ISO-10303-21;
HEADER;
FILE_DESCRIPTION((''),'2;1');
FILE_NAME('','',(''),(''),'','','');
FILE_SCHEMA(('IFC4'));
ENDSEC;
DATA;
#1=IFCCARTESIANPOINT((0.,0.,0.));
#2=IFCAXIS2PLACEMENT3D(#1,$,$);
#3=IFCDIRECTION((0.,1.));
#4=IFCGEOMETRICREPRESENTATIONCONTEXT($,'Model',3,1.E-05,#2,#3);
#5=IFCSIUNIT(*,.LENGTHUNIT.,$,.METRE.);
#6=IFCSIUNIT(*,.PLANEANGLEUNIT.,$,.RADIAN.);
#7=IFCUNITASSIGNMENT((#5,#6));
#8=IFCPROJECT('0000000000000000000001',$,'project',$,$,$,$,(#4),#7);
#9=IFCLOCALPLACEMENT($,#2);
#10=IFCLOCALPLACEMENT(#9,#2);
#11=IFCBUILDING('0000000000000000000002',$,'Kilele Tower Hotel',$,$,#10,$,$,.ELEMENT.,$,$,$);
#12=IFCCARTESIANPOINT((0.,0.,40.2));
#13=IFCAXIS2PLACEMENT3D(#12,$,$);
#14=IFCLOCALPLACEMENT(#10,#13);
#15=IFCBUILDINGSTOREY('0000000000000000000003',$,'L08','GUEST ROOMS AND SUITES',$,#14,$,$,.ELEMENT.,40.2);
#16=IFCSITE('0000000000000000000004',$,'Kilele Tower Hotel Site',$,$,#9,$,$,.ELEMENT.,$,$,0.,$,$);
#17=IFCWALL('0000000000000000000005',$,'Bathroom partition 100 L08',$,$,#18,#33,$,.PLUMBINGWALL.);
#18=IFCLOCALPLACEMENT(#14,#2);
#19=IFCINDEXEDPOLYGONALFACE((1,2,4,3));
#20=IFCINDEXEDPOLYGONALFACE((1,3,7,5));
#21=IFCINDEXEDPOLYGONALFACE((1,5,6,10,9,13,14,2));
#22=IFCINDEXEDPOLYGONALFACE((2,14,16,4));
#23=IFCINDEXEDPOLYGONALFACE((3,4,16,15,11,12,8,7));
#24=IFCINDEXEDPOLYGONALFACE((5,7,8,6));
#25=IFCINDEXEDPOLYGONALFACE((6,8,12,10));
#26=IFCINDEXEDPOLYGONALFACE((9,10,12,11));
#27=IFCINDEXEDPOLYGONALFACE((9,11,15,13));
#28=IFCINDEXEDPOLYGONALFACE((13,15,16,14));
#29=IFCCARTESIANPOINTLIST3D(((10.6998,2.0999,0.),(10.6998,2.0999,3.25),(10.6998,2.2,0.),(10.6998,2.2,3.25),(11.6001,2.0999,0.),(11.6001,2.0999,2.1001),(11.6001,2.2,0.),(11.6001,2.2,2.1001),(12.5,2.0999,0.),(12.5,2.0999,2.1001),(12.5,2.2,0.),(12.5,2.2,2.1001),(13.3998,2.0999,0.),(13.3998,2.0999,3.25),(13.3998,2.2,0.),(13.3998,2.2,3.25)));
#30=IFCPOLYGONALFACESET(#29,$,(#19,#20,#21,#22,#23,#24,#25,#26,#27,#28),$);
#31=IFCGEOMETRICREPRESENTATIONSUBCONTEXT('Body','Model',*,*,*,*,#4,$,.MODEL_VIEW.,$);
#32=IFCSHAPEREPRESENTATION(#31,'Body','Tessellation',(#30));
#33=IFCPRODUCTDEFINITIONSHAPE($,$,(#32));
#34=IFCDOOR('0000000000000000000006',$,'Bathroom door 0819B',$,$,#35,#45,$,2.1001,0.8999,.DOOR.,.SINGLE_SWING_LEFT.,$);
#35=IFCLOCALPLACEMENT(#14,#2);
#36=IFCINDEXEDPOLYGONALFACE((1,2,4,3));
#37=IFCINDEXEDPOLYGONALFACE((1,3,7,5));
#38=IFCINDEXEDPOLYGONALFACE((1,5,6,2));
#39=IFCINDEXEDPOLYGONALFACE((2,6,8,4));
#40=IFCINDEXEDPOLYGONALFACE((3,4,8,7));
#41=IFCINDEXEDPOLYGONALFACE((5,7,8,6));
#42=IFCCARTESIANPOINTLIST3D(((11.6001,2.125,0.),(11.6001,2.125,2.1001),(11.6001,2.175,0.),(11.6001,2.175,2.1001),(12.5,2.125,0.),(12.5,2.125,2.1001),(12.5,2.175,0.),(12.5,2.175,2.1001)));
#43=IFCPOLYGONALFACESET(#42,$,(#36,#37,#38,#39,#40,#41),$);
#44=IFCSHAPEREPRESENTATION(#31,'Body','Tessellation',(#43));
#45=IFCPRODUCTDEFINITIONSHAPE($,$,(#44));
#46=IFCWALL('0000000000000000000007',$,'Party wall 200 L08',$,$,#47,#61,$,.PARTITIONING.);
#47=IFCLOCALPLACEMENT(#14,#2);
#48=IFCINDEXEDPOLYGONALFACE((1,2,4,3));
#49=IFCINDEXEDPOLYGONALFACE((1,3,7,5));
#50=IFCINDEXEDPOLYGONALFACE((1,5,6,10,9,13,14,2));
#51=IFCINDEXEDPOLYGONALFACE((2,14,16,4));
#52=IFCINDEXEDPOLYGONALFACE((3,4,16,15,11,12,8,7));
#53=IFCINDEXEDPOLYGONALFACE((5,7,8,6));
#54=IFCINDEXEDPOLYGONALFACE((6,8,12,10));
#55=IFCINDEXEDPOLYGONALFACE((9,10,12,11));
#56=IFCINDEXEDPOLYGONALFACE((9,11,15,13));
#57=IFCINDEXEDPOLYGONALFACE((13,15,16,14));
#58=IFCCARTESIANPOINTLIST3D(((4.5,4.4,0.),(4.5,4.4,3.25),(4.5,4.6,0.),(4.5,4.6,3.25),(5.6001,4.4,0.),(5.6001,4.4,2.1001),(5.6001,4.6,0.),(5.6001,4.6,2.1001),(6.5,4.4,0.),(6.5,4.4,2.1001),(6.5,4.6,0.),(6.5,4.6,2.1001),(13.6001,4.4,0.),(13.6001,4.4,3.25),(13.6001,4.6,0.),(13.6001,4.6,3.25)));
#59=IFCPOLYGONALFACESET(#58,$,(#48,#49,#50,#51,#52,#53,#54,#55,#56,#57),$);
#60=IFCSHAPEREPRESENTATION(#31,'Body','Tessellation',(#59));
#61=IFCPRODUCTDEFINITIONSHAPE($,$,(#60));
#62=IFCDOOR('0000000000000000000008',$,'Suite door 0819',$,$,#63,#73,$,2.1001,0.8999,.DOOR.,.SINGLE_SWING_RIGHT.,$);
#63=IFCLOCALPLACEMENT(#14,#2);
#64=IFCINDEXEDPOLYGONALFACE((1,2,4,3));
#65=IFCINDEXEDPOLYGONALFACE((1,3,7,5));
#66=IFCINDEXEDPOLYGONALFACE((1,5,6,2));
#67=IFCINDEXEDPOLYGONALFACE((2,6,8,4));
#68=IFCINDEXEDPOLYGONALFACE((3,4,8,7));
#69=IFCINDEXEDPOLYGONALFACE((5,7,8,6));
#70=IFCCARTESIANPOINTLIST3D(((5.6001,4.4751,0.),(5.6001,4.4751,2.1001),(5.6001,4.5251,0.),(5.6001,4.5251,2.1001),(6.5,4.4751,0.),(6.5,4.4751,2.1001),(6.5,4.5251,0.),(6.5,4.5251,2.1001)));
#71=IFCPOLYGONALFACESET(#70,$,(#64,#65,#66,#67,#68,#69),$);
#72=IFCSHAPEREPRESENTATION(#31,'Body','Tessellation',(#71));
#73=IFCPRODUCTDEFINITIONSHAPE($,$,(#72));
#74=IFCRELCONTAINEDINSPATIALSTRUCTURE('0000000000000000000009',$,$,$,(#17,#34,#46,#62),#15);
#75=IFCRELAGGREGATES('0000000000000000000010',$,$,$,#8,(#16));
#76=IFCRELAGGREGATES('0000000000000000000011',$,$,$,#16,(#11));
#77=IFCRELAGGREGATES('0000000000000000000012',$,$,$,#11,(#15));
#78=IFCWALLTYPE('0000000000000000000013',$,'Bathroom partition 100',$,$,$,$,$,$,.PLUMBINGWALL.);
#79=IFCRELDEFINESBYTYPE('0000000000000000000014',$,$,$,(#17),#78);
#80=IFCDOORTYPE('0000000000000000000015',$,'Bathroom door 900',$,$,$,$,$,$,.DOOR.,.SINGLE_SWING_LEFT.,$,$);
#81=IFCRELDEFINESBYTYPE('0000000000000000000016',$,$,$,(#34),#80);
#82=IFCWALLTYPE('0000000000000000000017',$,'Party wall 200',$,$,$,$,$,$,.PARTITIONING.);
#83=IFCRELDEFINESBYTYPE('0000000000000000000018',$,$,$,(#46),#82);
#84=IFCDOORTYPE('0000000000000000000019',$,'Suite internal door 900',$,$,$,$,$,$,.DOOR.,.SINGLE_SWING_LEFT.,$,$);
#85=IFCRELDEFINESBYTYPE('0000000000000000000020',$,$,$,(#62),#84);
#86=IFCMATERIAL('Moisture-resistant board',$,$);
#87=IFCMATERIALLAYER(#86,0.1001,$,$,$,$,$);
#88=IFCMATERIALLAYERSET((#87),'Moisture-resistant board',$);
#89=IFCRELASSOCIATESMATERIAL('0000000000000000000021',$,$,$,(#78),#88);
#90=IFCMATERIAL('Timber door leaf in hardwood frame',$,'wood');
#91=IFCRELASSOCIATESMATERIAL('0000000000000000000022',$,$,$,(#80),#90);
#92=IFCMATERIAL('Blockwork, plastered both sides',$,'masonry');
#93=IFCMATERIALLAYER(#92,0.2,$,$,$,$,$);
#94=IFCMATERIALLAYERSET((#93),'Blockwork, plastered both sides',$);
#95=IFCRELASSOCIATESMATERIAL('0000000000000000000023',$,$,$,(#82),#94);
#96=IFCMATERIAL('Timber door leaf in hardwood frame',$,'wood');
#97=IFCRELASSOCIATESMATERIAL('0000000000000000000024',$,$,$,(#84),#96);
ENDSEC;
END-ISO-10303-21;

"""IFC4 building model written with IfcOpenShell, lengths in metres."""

from ifc_helpers import new_model, si_unit, direction, frame, frame_2d, origin, place, context, subcontext, project, spatial, rectangle, extrude, material, layer, layer_set, type_object, element, fill, save


model = new_model("IFC4")

# Units and contexts
model_context = context("Model", 3, precision=1e-05, world=origin(), true_north=direction((0.0, 1.0)))
body_context = subcontext(model_context, "Body", "Model", "MODEL_VIEW")
ifc_project = project(units=[si_unit("LENGTHUNIT", "METRE"), si_unit("PLANEANGLEUNIT", "RADIAN")], contexts=[model_context])

# Site, building, storey
site_placement = place(None, origin())
site = spatial("IfcSite", under=ifc_project, at=site_placement, Name="Kilele Tower Hotel Site", CompositionType="ELEMENT", RefElevation=0.0)
building_placement = place(site_placement, origin())
building = spatial("IfcBuilding", under=site, at=building_placement, Name="Kilele Tower Hotel", CompositionType="ELEMENT")
storey_placement = place(building_placement, frame((0.0, 0.0, 40.2)))
storey = spatial("IfcBuildingStorey", under=building, at=storey_placement, Name="L08", Description="GUEST ROOMS AND SUITES", CompositionType="ELEMENT", Elevation=40.2)

# Shared definitions
ifc_material_1 = material(Name="Moisture-resistant board")
ifc_layer_1 = layer(ifc_material_1, 0.1001)
ifc_layer_set_1 = layer_set([ifc_layer_1], Name="Moisture-resistant board")
wall_type_1 = type_object("IfcWallType", Name="Bathroom partition 100", PredefinedType="PLUMBINGWALL", material=ifc_layer_set_1)

# Shared definitions
ifc_material_2 = material(Name="Timber door leaf in hardwood frame", Category="wood")
door_type_1 = type_object("IfcDoorType", Name="Bathroom door 900", OperationType="SINGLE_SWING_LEFT", PredefinedType="DOOR", material=ifc_material_2)

# Walls, openings, doors
wall_1_placement = place(storey_placement, frame((13.3999, 2.1499, 0.0), z_axis=(0.0, 0.0, 1.0), x_axis=(-1.0, 0.0, 0.0)))
wall_1 = element("IfcWall", 1, at=wall_1_placement, inside=storey, type_object=wall_type_1, Name="Bathroom partition 100 L08", PredefinedType="PLUMBINGWALL", context=body_context, shape_type="SweptSolid", body=[
    extrude(rectangle(XDim=2.7, YDim=0.1001, at=frame_2d((1.3501, 0.0))), origin(), (0.0, 0.0, 1.0), 3.25),
])
opening_1_placement = place(wall_1_placement, frame((0.8999, 0.0, 0.0)))
opening_1 = element("IfcOpeningElement", 2, at=opening_1_placement, cuts=wall_1, PredefinedType="OPENING", context=body_context, shape_type="SweptSolid", body=[
    extrude(rectangle(XDim=0.8999, YDim=2.1001, at=frame_2d((0.45, 1.05))), frame((0.0, 0.0601, 0.0), z_axis=(0.0, -1.0, 0.0), x_axis=(1.0, 0.0, 0.0)), (0.0, 0.0, 1.0), 0.1201),
])
door_1_placement = place(opening_1_placement, origin())
door_1 = element("IfcDoor", 3, at=door_1_placement, inside=storey, type_object=door_type_1, Name="Bathroom door 0819B", OperationType="SINGLE_SWING_LEFT", OverallHeight=2.1001, OverallWidth=0.8999, PredefinedType="DOOR", context=body_context, shape_type="SweptSolid", body=[
    extrude(rectangle(XDim=0.8999, YDim=2.1001, at=frame_2d((0.45, 1.05))), frame((0.0, 0.0249, 0.0), z_axis=(0.0, -1.0, 0.0), x_axis=(1.0, 0.0, 0.0)), (0.0, 0.0, 1.0), 0.05),
])
fill(opening_1, door_1)
ifc_material_3 = material(Name="Blockwork, plastered both sides", Category="masonry")
ifc_layer_2 = layer(ifc_material_3, 0.2)
ifc_layer_set_2 = layer_set([ifc_layer_2], Name="Blockwork, plastered both sides")
wall_type_2 = type_object("IfcWallType", Name="Party wall 200", PredefinedType="PARTITIONING", material=ifc_layer_set_2)
wall_2_placement = place(storey_placement, frame((13.6001, 4.5, 0.0), z_axis=(0.0, 0.0, 1.0), x_axis=(-1.0, 0.0, 0.0)))
wall_2 = element("IfcWall", 4, at=wall_2_placement, inside=storey, type_object=wall_type_2, Name="Party wall 200 L08", PredefinedType="PARTITIONING", context=body_context, shape_type="SweptSolid", body=[
    extrude(rectangle(XDim=9.1001, YDim=0.2, at=frame_2d((4.55, 0.0))), origin(), (0.0, 0.0, 1.0), 3.25),
])
opening_2_placement = place(wall_2_placement, frame((7.1001, 0.0, 0.0)))
opening_2 = element("IfcOpeningElement", 5, at=opening_2_placement, cuts=wall_2, PredefinedType="OPENING", context=body_context, shape_type="SweptSolid", body=[
    extrude(rectangle(XDim=0.8999, YDim=2.1001, at=frame_2d((0.45, 1.05))), frame((0.0, 0.1099, 0.0), z_axis=(0.0, -1.0, 0.0), x_axis=(1.0, 0.0, 0.0)), (0.0, 0.0, 1.0), 0.22),
])
ifc_material_4 = material(Name="Timber door leaf in hardwood frame", Category="wood")
door_type_2 = type_object("IfcDoorType", Name="Suite internal door 900", OperationType="SINGLE_SWING_LEFT", PredefinedType="DOOR", material=ifc_material_4)
door_2_placement = place(opening_2_placement, origin())
door_2 = element("IfcDoor", 6, at=door_2_placement, inside=storey, type_object=door_type_2, Name="Suite door 0819", OperationType="SINGLE_SWING_RIGHT", OverallHeight=2.1001, OverallWidth=0.8999, PredefinedType="DOOR", context=body_context, shape_type="SweptSolid", body=[
    extrude(rectangle(XDim=0.8999, YDim=2.1001, at=frame_2d((0.45, 1.05))), frame((0.0, 0.0249, 0.0), z_axis=(0.0, -1.0, 0.0), x_axis=(1.0, 0.0, 0.0)), (0.0, 0.0, 1.0), 0.05),
])
fill(opening_2, door_2)

save(model, "model.ifc")
